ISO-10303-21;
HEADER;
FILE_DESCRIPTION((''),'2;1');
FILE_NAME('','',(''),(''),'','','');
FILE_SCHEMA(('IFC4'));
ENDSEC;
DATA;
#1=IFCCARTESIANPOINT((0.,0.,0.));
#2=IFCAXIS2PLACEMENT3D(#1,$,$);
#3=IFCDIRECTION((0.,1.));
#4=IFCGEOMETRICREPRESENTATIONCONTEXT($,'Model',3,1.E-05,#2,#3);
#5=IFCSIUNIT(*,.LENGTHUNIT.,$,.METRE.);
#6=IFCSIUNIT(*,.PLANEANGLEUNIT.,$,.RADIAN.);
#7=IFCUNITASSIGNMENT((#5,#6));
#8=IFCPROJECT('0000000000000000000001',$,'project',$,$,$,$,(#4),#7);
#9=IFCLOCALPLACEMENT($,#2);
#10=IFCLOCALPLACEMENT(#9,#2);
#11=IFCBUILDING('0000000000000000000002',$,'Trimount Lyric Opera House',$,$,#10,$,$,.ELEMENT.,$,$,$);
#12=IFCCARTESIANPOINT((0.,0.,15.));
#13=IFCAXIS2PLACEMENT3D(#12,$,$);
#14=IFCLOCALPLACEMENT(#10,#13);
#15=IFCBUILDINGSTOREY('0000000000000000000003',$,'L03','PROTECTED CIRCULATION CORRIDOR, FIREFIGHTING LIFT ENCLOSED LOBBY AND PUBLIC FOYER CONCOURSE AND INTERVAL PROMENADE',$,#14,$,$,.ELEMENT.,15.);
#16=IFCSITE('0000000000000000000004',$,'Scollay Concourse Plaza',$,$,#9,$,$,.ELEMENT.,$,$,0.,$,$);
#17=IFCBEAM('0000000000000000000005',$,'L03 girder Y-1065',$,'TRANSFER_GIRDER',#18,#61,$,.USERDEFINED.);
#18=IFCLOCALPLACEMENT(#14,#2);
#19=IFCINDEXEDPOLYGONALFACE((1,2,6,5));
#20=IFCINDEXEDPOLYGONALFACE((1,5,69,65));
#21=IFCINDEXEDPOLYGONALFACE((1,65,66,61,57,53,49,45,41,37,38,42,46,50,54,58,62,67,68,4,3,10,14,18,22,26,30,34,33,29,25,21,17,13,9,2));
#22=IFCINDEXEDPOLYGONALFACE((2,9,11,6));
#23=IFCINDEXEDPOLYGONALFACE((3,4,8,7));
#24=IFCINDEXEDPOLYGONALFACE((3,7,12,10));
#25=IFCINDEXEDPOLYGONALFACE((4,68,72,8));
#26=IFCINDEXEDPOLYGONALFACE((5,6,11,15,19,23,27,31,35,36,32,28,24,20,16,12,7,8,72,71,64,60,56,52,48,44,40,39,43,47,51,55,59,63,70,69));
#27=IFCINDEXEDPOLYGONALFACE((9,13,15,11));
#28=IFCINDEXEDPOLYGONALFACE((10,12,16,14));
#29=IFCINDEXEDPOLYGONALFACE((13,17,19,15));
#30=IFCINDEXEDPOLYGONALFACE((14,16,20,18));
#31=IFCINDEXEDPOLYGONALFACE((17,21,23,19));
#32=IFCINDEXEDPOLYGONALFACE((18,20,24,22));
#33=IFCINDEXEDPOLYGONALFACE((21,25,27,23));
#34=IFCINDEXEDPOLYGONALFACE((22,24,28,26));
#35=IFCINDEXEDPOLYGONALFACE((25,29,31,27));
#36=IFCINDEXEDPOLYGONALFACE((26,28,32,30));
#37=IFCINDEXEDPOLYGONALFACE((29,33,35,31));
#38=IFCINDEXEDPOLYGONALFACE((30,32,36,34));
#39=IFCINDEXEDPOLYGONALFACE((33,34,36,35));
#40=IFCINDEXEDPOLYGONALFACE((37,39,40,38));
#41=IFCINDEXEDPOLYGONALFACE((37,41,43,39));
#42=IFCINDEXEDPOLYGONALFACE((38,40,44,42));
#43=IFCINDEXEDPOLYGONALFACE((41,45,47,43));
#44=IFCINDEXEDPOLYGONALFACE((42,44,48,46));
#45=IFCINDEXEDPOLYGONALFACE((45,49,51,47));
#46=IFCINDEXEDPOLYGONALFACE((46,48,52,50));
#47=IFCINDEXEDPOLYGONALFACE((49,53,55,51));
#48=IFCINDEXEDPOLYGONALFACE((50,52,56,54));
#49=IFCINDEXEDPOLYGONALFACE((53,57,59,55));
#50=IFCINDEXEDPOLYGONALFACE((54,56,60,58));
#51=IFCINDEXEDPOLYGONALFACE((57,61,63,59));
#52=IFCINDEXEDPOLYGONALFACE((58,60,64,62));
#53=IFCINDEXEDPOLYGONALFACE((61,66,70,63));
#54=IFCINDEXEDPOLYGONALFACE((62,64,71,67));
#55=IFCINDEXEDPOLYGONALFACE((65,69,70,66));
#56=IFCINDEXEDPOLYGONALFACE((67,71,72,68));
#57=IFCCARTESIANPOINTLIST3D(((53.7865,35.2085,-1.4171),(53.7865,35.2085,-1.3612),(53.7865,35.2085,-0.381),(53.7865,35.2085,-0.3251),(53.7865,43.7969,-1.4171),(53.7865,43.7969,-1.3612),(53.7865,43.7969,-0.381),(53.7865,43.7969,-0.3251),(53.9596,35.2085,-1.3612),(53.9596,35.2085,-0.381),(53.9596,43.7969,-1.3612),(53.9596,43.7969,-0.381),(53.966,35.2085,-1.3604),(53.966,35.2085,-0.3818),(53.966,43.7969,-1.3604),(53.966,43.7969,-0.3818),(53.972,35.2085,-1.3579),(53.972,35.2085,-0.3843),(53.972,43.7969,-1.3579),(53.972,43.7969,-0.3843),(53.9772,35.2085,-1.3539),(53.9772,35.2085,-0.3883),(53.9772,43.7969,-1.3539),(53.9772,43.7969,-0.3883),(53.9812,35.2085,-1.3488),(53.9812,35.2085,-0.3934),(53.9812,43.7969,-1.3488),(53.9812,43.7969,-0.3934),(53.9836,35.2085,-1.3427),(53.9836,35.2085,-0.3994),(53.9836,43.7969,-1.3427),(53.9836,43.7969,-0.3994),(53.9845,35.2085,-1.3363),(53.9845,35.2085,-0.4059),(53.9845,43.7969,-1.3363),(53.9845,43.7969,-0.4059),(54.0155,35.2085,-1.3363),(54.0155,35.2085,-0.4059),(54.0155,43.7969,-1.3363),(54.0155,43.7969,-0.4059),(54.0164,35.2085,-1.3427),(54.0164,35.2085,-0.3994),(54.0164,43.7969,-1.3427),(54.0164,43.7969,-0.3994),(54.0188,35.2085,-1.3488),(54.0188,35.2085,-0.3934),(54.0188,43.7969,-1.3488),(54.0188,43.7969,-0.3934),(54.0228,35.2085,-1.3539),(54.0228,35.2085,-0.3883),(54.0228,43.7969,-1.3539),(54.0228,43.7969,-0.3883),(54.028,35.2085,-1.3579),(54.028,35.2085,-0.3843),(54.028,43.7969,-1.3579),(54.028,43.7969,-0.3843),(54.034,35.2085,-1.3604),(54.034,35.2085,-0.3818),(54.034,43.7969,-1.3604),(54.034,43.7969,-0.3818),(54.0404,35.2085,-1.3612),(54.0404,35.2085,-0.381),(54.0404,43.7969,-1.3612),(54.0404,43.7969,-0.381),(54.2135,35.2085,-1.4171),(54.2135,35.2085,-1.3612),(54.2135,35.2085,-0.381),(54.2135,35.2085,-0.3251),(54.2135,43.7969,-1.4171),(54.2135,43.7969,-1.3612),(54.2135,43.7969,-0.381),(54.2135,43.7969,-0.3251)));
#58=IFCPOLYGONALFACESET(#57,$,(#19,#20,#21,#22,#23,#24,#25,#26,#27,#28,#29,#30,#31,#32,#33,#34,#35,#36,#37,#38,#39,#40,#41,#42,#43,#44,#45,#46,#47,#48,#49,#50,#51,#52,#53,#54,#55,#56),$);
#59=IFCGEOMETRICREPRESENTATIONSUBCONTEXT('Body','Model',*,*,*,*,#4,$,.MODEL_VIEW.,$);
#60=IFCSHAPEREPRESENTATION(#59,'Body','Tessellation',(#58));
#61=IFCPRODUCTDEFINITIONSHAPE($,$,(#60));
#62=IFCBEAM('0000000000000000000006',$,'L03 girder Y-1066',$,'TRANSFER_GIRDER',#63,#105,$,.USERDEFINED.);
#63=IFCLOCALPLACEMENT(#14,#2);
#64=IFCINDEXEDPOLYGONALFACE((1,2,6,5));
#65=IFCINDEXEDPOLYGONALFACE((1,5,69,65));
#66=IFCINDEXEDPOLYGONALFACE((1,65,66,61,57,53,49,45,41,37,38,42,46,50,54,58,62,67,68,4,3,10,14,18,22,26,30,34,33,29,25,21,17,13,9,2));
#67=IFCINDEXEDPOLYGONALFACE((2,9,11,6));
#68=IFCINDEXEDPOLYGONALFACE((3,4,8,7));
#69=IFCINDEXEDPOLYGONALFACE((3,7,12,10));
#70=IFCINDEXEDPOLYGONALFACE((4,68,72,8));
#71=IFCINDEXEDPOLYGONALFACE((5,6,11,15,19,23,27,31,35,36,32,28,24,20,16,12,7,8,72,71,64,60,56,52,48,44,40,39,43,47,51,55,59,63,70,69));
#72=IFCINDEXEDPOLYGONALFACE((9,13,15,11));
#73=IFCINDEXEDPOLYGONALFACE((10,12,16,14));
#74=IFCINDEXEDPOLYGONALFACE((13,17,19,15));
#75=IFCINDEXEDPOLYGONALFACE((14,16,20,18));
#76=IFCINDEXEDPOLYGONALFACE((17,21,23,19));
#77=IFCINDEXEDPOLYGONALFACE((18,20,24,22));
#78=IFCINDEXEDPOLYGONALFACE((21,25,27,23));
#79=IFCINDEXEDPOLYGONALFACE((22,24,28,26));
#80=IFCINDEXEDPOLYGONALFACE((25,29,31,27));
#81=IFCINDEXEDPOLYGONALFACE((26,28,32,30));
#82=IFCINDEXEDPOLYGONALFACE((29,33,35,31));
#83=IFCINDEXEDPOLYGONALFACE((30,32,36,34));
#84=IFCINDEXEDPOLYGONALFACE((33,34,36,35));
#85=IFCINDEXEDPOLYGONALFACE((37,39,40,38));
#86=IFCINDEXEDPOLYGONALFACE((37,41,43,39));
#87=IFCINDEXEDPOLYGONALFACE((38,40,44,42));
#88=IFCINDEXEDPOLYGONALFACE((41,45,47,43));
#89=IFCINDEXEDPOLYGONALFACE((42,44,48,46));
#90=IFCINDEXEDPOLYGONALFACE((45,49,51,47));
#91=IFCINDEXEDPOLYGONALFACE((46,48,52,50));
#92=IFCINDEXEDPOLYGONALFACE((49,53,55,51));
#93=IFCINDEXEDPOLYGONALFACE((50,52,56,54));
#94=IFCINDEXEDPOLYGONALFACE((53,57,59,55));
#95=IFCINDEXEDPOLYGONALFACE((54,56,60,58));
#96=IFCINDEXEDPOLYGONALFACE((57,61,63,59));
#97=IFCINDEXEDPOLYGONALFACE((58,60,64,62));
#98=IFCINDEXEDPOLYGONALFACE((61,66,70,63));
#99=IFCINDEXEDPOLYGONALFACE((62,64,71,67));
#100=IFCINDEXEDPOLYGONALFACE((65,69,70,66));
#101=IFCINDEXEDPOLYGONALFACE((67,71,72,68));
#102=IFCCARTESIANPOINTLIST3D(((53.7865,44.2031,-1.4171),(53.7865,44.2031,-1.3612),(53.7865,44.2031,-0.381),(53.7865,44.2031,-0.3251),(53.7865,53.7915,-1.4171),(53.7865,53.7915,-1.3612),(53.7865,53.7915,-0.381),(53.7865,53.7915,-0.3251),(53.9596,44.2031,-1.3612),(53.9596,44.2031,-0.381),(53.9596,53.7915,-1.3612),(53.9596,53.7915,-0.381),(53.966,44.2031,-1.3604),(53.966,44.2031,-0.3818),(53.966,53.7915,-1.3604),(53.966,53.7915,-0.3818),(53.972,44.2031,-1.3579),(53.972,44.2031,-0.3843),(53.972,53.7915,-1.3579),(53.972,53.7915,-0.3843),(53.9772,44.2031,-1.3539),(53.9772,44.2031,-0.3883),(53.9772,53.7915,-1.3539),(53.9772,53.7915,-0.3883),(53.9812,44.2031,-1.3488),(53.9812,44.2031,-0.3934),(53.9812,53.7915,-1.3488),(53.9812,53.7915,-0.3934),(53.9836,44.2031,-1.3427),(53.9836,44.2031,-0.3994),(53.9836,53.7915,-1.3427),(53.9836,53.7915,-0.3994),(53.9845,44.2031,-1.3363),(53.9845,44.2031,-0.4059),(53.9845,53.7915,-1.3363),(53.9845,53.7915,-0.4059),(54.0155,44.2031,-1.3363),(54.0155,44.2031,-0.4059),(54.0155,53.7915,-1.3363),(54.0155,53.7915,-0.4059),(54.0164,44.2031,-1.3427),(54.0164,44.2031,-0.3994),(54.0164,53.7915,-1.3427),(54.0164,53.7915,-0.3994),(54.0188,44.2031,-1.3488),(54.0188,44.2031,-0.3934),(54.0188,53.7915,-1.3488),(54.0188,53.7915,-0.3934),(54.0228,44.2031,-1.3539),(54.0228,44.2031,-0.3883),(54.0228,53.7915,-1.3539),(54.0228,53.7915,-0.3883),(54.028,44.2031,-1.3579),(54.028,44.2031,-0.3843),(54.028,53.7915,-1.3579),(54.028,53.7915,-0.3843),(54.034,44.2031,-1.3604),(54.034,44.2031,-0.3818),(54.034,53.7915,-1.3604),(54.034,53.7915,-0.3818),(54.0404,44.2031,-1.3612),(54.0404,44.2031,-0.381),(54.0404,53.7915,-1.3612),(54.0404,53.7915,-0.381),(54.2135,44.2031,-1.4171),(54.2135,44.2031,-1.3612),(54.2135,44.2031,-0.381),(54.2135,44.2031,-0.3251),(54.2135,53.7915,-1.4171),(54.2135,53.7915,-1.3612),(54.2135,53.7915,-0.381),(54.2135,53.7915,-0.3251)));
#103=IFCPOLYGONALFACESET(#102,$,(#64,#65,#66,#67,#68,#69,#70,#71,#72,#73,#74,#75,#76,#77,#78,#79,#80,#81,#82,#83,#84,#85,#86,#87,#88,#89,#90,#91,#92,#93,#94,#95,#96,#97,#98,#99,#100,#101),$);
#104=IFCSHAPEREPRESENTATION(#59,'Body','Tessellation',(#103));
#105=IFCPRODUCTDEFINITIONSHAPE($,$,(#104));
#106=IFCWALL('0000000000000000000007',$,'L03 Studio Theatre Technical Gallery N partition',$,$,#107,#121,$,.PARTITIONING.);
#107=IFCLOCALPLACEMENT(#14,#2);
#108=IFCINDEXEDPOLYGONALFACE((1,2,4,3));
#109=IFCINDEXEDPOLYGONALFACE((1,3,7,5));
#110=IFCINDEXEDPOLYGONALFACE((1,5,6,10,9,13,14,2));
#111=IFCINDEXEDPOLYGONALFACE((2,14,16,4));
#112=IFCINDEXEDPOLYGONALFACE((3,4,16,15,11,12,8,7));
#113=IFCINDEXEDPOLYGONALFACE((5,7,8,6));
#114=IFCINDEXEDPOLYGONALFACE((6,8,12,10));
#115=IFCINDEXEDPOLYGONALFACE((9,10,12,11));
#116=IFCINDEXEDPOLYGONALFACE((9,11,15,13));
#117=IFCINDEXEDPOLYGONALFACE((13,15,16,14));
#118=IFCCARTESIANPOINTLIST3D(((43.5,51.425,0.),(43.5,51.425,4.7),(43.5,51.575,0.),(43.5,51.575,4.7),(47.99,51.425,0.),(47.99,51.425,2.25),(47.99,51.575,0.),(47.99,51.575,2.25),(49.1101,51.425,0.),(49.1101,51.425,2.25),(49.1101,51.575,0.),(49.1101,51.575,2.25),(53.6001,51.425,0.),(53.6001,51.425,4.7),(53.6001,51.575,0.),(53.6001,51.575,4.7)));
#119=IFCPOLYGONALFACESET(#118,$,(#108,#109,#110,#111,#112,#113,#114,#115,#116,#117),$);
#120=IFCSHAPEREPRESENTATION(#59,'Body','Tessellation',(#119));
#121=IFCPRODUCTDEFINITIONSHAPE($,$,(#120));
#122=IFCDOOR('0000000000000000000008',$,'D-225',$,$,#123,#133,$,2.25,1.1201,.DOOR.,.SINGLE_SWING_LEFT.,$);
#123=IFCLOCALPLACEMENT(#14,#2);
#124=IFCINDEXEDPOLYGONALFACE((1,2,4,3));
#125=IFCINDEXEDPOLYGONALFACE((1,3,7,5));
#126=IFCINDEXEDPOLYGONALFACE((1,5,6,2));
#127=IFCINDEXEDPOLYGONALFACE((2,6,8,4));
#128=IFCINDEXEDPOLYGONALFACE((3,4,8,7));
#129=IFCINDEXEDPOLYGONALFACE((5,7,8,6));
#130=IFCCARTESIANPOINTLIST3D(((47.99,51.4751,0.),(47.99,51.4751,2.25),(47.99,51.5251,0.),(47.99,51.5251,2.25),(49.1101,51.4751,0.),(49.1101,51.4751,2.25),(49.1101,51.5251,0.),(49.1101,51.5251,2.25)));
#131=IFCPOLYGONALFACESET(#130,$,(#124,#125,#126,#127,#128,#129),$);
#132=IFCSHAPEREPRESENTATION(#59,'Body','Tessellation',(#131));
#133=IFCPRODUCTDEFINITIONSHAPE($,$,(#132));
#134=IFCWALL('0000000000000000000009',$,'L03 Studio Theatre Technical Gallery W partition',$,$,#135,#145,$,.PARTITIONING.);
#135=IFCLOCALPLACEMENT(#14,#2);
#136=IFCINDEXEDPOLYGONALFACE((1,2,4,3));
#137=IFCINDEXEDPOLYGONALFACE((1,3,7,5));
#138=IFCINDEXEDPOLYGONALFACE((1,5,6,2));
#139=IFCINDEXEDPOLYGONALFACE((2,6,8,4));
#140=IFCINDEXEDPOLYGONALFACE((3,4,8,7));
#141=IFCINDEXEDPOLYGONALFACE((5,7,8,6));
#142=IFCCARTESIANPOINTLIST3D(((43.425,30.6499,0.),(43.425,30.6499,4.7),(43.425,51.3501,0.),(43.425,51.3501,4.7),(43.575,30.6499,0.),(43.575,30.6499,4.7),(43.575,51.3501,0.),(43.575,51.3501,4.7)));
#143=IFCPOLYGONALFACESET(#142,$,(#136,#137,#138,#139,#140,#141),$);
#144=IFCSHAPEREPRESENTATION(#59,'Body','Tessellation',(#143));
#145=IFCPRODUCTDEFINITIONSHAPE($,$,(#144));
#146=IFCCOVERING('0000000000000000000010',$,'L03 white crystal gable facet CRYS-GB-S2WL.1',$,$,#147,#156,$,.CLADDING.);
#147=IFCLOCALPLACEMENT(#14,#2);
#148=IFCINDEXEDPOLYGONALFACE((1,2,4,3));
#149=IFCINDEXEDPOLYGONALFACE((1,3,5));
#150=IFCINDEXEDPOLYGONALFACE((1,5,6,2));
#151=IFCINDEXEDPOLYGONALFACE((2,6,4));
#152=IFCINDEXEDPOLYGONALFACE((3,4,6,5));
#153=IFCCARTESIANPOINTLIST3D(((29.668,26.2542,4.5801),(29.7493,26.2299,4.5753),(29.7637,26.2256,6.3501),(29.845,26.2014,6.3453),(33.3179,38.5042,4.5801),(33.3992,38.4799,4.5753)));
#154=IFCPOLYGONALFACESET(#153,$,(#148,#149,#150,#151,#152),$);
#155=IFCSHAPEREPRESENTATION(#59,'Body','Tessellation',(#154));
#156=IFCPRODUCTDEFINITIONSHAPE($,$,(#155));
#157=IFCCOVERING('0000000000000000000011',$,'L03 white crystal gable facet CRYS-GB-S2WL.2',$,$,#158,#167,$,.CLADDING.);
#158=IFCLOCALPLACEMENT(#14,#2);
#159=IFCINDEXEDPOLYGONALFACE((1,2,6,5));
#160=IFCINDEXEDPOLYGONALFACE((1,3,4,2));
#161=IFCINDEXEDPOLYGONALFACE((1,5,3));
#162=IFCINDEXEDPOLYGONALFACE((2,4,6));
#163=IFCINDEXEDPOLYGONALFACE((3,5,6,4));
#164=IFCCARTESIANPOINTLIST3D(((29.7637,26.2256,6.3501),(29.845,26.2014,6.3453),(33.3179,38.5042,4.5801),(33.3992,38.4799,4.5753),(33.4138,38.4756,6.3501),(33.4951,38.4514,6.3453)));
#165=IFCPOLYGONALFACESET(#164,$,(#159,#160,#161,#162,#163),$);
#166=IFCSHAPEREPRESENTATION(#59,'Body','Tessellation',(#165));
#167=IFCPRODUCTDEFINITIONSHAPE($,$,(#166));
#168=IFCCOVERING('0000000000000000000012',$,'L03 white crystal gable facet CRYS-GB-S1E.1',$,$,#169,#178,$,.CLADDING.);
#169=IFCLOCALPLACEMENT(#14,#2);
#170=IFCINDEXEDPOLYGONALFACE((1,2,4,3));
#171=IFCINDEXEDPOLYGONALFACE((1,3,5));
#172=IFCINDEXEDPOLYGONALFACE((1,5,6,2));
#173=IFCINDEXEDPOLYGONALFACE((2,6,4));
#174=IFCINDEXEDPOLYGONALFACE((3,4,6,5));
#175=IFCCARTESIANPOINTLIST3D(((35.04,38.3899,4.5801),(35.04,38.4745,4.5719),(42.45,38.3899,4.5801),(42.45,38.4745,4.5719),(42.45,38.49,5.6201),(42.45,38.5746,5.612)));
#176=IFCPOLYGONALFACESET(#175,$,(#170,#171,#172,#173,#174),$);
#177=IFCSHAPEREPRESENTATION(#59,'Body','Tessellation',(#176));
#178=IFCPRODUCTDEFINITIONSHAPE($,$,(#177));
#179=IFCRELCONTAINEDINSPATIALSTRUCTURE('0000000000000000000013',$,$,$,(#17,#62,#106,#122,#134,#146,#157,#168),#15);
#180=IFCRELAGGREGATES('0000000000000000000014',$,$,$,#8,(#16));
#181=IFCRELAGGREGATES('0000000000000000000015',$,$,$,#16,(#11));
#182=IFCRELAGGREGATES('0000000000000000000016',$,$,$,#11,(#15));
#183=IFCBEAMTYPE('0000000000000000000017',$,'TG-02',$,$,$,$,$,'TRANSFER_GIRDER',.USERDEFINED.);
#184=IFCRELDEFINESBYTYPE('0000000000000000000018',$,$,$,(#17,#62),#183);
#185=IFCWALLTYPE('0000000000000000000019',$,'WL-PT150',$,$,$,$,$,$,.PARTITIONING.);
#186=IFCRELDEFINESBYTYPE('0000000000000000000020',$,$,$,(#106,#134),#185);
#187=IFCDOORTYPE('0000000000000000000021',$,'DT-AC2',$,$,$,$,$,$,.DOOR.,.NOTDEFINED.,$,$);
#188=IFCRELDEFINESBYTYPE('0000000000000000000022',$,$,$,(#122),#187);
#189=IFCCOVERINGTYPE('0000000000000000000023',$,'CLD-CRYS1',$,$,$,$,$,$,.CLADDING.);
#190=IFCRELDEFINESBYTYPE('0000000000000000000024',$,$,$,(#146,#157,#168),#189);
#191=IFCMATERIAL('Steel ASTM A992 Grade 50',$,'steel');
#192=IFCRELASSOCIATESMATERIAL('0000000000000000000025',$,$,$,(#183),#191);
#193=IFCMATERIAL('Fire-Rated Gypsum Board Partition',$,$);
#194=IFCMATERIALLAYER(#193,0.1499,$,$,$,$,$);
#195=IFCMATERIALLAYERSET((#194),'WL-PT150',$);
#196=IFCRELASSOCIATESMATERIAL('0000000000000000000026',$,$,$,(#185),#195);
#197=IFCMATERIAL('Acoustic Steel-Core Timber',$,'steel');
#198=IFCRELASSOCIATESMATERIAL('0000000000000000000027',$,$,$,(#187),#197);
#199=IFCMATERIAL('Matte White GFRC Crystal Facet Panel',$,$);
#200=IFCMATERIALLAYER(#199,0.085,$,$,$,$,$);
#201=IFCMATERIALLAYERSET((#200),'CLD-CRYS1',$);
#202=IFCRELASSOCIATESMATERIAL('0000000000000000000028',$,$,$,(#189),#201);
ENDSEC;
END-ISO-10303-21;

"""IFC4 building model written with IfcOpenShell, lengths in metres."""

from ifc_helpers import new_model, si_unit, direction, frame, frame_2d, origin, origin_2d, place, context, subcontext, project, spatial, polyline, rectangle, i_section, outline, extrude, material, layer, layer_set, material_profile, profile_set, type_object, element, fill, save


model = new_model("IFC4")

# Units and contexts
model_context = context("Model", 3, precision=1e-05, world=origin(), true_north=direction((0.0, 1.0)))
body_context = subcontext(model_context, "Body", "Model", "MODEL_VIEW")
ifc_project = project(units=[si_unit("LENGTHUNIT", "METRE"), si_unit("PLANEANGLEUNIT", "RADIAN")], contexts=[model_context])

# Site, building, storey
site_placement = place(None, origin())
site = spatial("IfcSite", under=ifc_project, at=site_placement, Name="Scollay Concourse Plaza", CompositionType="ELEMENT", RefElevation=0.0)
building_placement = place(site_placement, origin())
building = spatial("IfcBuilding", under=site, at=building_placement, Name="Trimount Lyric Opera House", CompositionType="ELEMENT")
storey_placement = place(building_placement, frame((0.0, 0.0, 15.0)))
storey = spatial("IfcBuildingStorey", under=building, at=storey_placement, Name="L03", Description="PROTECTED CIRCULATION CORRIDOR, FIREFIGHTING LIFT ENCLOSED LOBBY AND PUBLIC FOYER CONCOURSE AND INTERVAL PROMENADE", CompositionType="ELEMENT", Elevation=15.0)

# Beams
ifc_material_1 = material(Name="Steel ASTM A992 Grade 50", Category="steel")
ifc_material_profile_1 = material_profile(ifc_material_1, i_section(OverallWidth=0.427, OverallDepth=1.092, WebThickness=0.031, FlangeThickness=0.0559, FilletRadius=0.0249, at=origin_2d()), Name="W40X397")
ifc_profile_set_1 = profile_set([ifc_material_profile_1], Name="Steel ASTM A992 Grade 50")
beam_type_1 = type_object("IfcBeamType", Name="TG-02", ElementType="TRANSFER_GIRDER", PredefinedType="USERDEFINED", material=ifc_profile_set_1)
beam_1_placement = place(storey_placement, frame((54.0, 35.2085, -0.8711), z_axis=(0.0, 1.0, 0.0), x_axis=(-1.0, 0.0, 0.0)))
element("IfcBeam", 1, at=beam_1_placement, inside=storey, type_object=beam_type_1, Name="L03 girder Y-1065", ObjectType="TRANSFER_GIRDER", PredefinedType="USERDEFINED", context=body_context, shape_type="SweptSolid", body=[
    extrude(i_section(OverallWidth=0.427, OverallDepth=1.092, WebThickness=0.031, FlangeThickness=0.0559, FilletRadius=0.0249, at=origin_2d()), origin(), (0.0, 0.0, 1.0), 8.5884),
])
beam_2_placement = place(storey_placement, frame((54.0, 44.2031, -0.8711), z_axis=(0.0, 1.0, 0.0), x_axis=(-1.0, 0.0, 0.0)))
element("IfcBeam", 2, at=beam_2_placement, inside=storey, type_object=beam_type_1, Name="L03 girder Y-1066", ObjectType="TRANSFER_GIRDER", PredefinedType="USERDEFINED", context=body_context, shape_type="SweptSolid", body=[
    extrude(i_section(OverallWidth=0.427, OverallDepth=1.092, WebThickness=0.031, FlangeThickness=0.0559, FilletRadius=0.0249, at=origin_2d()), origin(), (0.0, 0.0, 1.0), 9.5884),
])

# Wall, opening, door
ifc_material_2 = material(Name="Fire-Rated Gypsum Board Partition")
ifc_layer_1 = layer(ifc_material_2, 0.1499)
ifc_layer_set_1 = layer_set([ifc_layer_1], Name="WL-PT150")
wall_type = type_object("IfcWallType", Name="WL-PT150", PredefinedType="PARTITIONING", material=ifc_layer_set_1)
wall_1_placement = place(storey_placement, frame((53.6001, 51.5, 0.0), z_axis=(0.0, 0.0, 1.0), x_axis=(-1.0, 0.0, 0.0)))
wall_1 = element("IfcWall", 3, at=wall_1_placement, inside=storey, type_object=wall_type, Name="L03 Studio Theatre Technical Gallery N partition", PredefinedType="PARTITIONING", context=body_context, shape_type="SweptSolid", body=[
    extrude(rectangle(XDim=10.1001, YDim=0.1499, at=frame_2d((5.05, 0.0))), origin(), (0.0, 0.0, 1.0), 4.7),
])
opening_placement = place(wall_1_placement, frame((4.49, 0.0, 0.0)))
opening = element("IfcOpeningElement", 4, at=opening_placement, cuts=wall_1, PredefinedType="OPENING", context=body_context, shape_type="SweptSolid", body=[
    extrude(rectangle(XDim=1.1201, YDim=2.25, at=frame_2d((0.5601, 1.125))), frame((0.0, 0.085, 0.0), z_axis=(0.0, -1.0, 0.0), x_axis=(1.0, 0.0, 0.0)), (0.0, 0.0, 1.0), 0.1699),
])
ifc_material_3 = material(Name="Acoustic Steel-Core Timber", Category="steel")
door_type = type_object("IfcDoorType", Name="DT-AC2", OperationType="NOTDEFINED", PredefinedType="DOOR", material=ifc_material_3)
door_placement = place(opening_placement, origin())
door = element("IfcDoor", 5, at=door_placement, inside=storey, type_object=door_type, Name="D-225", OperationType="SINGLE_SWING_LEFT", OverallHeight=2.25, OverallWidth=1.1201, PredefinedType="DOOR", context=body_context, shape_type="SweptSolid", body=[
    extrude(rectangle(XDim=1.1201, YDim=2.25, at=frame_2d((0.5601, 1.125))), frame((0.0, 0.0249, 0.0), z_axis=(0.0, -1.0, 0.0), x_axis=(1.0, 0.0, 0.0)), (0.0, 0.0, 1.0), 0.05),
])
fill(opening, door)

# Wall
wall_2_placement = place(storey_placement, frame((43.5, 51.3501, 0.0), z_axis=(0.0, 0.0, 1.0), x_axis=(0.0, -1.0, 0.0)))
element("IfcWall", 6, at=wall_2_placement, inside=storey, type_object=wall_type, Name="L03 Studio Theatre Technical Gallery W partition", PredefinedType="PARTITIONING", context=body_context, shape_type="SweptSolid", body=[
    extrude(rectangle(XDim=20.7002, YDim=0.1499, at=frame_2d((10.3501, 0.0))), origin(), (0.0, 0.0, 1.0), 4.7),
])

# Coverings
ifc_material_4 = material(Name="Matte White GFRC Crystal Facet Panel")
ifc_layer_2 = layer(ifc_material_4, 0.085)
ifc_layer_set_2 = layer_set([ifc_layer_2], Name="CLD-CRYS1")
covering_type = type_object("IfcCoveringType", Name="CLD-CRYS1", PredefinedType="CLADDING", material=ifc_layer_set_2)
covering_1_placement = place(storey_placement, frame((33.3179, 38.5042, 4.5801), z_axis=(-0.956843, 0.285093, 0.056336), x_axis=(-0.285546, -0.958365, 0.0)))
element("IfcCovering", 7, at=covering_1_placement, inside=storey, type_object=covering_type, Name="L03 white crystal gable facet CRYS-GB-S2WL.1", PredefinedType="CLADDING", context=body_context, shape_type="SweptSolid", body=[
    extrude(outline(polyline([(0.0, 0.0), (12.7822, 0.0), (12.7822, 1.7728), (0.0, 0.0)])), origin(), (0.0, 0.0, -1.0), 0.085),
])
covering_2_placement = place(storey_placement, frame((33.3179, 38.5042, 4.5801), z_axis=(-0.956831, 0.285108, 0.056468), x_axis=(-0.275421, -0.951488, 0.137162)))
element("IfcCovering", 8, at=covering_2_placement, inside=storey, type_object=covering_type, Name="L03 white crystal gable facet CRYS-GB-S2WL.2", PredefinedType="CLADDING", context=body_context, shape_type="SweptSolid", body=[
    extrude(outline(polyline([(0.0, 0.0), (12.9046, 0.0), (0.2435, 1.756), (0.0, 0.0)])), origin(), (0.0, 0.0, -1.0), 0.085),
])
covering_3_placement = place(storey_placement, frame((35.04, 38.3899, 4.5801), z_axis=(0.0, -0.9954, 0.095801), x_axis=(1.0, 0.0, 0.0)))
element("IfcCovering", 9, at=covering_3_placement, inside=storey, type_object=covering_type, Name="L03 white crystal gable facet CRYS-GB-S1E.1", PredefinedType="CLADDING", context=body_context, shape_type="SweptSolid", body=[
    extrude(outline(polyline([(0.0, 0.0), (7.4099, 0.0), (7.4099, 1.0448), (0.0, 0.0)])), origin(), (0.0, 0.0, -1.0), 0.085),
])

save(model, "model.ifc")
